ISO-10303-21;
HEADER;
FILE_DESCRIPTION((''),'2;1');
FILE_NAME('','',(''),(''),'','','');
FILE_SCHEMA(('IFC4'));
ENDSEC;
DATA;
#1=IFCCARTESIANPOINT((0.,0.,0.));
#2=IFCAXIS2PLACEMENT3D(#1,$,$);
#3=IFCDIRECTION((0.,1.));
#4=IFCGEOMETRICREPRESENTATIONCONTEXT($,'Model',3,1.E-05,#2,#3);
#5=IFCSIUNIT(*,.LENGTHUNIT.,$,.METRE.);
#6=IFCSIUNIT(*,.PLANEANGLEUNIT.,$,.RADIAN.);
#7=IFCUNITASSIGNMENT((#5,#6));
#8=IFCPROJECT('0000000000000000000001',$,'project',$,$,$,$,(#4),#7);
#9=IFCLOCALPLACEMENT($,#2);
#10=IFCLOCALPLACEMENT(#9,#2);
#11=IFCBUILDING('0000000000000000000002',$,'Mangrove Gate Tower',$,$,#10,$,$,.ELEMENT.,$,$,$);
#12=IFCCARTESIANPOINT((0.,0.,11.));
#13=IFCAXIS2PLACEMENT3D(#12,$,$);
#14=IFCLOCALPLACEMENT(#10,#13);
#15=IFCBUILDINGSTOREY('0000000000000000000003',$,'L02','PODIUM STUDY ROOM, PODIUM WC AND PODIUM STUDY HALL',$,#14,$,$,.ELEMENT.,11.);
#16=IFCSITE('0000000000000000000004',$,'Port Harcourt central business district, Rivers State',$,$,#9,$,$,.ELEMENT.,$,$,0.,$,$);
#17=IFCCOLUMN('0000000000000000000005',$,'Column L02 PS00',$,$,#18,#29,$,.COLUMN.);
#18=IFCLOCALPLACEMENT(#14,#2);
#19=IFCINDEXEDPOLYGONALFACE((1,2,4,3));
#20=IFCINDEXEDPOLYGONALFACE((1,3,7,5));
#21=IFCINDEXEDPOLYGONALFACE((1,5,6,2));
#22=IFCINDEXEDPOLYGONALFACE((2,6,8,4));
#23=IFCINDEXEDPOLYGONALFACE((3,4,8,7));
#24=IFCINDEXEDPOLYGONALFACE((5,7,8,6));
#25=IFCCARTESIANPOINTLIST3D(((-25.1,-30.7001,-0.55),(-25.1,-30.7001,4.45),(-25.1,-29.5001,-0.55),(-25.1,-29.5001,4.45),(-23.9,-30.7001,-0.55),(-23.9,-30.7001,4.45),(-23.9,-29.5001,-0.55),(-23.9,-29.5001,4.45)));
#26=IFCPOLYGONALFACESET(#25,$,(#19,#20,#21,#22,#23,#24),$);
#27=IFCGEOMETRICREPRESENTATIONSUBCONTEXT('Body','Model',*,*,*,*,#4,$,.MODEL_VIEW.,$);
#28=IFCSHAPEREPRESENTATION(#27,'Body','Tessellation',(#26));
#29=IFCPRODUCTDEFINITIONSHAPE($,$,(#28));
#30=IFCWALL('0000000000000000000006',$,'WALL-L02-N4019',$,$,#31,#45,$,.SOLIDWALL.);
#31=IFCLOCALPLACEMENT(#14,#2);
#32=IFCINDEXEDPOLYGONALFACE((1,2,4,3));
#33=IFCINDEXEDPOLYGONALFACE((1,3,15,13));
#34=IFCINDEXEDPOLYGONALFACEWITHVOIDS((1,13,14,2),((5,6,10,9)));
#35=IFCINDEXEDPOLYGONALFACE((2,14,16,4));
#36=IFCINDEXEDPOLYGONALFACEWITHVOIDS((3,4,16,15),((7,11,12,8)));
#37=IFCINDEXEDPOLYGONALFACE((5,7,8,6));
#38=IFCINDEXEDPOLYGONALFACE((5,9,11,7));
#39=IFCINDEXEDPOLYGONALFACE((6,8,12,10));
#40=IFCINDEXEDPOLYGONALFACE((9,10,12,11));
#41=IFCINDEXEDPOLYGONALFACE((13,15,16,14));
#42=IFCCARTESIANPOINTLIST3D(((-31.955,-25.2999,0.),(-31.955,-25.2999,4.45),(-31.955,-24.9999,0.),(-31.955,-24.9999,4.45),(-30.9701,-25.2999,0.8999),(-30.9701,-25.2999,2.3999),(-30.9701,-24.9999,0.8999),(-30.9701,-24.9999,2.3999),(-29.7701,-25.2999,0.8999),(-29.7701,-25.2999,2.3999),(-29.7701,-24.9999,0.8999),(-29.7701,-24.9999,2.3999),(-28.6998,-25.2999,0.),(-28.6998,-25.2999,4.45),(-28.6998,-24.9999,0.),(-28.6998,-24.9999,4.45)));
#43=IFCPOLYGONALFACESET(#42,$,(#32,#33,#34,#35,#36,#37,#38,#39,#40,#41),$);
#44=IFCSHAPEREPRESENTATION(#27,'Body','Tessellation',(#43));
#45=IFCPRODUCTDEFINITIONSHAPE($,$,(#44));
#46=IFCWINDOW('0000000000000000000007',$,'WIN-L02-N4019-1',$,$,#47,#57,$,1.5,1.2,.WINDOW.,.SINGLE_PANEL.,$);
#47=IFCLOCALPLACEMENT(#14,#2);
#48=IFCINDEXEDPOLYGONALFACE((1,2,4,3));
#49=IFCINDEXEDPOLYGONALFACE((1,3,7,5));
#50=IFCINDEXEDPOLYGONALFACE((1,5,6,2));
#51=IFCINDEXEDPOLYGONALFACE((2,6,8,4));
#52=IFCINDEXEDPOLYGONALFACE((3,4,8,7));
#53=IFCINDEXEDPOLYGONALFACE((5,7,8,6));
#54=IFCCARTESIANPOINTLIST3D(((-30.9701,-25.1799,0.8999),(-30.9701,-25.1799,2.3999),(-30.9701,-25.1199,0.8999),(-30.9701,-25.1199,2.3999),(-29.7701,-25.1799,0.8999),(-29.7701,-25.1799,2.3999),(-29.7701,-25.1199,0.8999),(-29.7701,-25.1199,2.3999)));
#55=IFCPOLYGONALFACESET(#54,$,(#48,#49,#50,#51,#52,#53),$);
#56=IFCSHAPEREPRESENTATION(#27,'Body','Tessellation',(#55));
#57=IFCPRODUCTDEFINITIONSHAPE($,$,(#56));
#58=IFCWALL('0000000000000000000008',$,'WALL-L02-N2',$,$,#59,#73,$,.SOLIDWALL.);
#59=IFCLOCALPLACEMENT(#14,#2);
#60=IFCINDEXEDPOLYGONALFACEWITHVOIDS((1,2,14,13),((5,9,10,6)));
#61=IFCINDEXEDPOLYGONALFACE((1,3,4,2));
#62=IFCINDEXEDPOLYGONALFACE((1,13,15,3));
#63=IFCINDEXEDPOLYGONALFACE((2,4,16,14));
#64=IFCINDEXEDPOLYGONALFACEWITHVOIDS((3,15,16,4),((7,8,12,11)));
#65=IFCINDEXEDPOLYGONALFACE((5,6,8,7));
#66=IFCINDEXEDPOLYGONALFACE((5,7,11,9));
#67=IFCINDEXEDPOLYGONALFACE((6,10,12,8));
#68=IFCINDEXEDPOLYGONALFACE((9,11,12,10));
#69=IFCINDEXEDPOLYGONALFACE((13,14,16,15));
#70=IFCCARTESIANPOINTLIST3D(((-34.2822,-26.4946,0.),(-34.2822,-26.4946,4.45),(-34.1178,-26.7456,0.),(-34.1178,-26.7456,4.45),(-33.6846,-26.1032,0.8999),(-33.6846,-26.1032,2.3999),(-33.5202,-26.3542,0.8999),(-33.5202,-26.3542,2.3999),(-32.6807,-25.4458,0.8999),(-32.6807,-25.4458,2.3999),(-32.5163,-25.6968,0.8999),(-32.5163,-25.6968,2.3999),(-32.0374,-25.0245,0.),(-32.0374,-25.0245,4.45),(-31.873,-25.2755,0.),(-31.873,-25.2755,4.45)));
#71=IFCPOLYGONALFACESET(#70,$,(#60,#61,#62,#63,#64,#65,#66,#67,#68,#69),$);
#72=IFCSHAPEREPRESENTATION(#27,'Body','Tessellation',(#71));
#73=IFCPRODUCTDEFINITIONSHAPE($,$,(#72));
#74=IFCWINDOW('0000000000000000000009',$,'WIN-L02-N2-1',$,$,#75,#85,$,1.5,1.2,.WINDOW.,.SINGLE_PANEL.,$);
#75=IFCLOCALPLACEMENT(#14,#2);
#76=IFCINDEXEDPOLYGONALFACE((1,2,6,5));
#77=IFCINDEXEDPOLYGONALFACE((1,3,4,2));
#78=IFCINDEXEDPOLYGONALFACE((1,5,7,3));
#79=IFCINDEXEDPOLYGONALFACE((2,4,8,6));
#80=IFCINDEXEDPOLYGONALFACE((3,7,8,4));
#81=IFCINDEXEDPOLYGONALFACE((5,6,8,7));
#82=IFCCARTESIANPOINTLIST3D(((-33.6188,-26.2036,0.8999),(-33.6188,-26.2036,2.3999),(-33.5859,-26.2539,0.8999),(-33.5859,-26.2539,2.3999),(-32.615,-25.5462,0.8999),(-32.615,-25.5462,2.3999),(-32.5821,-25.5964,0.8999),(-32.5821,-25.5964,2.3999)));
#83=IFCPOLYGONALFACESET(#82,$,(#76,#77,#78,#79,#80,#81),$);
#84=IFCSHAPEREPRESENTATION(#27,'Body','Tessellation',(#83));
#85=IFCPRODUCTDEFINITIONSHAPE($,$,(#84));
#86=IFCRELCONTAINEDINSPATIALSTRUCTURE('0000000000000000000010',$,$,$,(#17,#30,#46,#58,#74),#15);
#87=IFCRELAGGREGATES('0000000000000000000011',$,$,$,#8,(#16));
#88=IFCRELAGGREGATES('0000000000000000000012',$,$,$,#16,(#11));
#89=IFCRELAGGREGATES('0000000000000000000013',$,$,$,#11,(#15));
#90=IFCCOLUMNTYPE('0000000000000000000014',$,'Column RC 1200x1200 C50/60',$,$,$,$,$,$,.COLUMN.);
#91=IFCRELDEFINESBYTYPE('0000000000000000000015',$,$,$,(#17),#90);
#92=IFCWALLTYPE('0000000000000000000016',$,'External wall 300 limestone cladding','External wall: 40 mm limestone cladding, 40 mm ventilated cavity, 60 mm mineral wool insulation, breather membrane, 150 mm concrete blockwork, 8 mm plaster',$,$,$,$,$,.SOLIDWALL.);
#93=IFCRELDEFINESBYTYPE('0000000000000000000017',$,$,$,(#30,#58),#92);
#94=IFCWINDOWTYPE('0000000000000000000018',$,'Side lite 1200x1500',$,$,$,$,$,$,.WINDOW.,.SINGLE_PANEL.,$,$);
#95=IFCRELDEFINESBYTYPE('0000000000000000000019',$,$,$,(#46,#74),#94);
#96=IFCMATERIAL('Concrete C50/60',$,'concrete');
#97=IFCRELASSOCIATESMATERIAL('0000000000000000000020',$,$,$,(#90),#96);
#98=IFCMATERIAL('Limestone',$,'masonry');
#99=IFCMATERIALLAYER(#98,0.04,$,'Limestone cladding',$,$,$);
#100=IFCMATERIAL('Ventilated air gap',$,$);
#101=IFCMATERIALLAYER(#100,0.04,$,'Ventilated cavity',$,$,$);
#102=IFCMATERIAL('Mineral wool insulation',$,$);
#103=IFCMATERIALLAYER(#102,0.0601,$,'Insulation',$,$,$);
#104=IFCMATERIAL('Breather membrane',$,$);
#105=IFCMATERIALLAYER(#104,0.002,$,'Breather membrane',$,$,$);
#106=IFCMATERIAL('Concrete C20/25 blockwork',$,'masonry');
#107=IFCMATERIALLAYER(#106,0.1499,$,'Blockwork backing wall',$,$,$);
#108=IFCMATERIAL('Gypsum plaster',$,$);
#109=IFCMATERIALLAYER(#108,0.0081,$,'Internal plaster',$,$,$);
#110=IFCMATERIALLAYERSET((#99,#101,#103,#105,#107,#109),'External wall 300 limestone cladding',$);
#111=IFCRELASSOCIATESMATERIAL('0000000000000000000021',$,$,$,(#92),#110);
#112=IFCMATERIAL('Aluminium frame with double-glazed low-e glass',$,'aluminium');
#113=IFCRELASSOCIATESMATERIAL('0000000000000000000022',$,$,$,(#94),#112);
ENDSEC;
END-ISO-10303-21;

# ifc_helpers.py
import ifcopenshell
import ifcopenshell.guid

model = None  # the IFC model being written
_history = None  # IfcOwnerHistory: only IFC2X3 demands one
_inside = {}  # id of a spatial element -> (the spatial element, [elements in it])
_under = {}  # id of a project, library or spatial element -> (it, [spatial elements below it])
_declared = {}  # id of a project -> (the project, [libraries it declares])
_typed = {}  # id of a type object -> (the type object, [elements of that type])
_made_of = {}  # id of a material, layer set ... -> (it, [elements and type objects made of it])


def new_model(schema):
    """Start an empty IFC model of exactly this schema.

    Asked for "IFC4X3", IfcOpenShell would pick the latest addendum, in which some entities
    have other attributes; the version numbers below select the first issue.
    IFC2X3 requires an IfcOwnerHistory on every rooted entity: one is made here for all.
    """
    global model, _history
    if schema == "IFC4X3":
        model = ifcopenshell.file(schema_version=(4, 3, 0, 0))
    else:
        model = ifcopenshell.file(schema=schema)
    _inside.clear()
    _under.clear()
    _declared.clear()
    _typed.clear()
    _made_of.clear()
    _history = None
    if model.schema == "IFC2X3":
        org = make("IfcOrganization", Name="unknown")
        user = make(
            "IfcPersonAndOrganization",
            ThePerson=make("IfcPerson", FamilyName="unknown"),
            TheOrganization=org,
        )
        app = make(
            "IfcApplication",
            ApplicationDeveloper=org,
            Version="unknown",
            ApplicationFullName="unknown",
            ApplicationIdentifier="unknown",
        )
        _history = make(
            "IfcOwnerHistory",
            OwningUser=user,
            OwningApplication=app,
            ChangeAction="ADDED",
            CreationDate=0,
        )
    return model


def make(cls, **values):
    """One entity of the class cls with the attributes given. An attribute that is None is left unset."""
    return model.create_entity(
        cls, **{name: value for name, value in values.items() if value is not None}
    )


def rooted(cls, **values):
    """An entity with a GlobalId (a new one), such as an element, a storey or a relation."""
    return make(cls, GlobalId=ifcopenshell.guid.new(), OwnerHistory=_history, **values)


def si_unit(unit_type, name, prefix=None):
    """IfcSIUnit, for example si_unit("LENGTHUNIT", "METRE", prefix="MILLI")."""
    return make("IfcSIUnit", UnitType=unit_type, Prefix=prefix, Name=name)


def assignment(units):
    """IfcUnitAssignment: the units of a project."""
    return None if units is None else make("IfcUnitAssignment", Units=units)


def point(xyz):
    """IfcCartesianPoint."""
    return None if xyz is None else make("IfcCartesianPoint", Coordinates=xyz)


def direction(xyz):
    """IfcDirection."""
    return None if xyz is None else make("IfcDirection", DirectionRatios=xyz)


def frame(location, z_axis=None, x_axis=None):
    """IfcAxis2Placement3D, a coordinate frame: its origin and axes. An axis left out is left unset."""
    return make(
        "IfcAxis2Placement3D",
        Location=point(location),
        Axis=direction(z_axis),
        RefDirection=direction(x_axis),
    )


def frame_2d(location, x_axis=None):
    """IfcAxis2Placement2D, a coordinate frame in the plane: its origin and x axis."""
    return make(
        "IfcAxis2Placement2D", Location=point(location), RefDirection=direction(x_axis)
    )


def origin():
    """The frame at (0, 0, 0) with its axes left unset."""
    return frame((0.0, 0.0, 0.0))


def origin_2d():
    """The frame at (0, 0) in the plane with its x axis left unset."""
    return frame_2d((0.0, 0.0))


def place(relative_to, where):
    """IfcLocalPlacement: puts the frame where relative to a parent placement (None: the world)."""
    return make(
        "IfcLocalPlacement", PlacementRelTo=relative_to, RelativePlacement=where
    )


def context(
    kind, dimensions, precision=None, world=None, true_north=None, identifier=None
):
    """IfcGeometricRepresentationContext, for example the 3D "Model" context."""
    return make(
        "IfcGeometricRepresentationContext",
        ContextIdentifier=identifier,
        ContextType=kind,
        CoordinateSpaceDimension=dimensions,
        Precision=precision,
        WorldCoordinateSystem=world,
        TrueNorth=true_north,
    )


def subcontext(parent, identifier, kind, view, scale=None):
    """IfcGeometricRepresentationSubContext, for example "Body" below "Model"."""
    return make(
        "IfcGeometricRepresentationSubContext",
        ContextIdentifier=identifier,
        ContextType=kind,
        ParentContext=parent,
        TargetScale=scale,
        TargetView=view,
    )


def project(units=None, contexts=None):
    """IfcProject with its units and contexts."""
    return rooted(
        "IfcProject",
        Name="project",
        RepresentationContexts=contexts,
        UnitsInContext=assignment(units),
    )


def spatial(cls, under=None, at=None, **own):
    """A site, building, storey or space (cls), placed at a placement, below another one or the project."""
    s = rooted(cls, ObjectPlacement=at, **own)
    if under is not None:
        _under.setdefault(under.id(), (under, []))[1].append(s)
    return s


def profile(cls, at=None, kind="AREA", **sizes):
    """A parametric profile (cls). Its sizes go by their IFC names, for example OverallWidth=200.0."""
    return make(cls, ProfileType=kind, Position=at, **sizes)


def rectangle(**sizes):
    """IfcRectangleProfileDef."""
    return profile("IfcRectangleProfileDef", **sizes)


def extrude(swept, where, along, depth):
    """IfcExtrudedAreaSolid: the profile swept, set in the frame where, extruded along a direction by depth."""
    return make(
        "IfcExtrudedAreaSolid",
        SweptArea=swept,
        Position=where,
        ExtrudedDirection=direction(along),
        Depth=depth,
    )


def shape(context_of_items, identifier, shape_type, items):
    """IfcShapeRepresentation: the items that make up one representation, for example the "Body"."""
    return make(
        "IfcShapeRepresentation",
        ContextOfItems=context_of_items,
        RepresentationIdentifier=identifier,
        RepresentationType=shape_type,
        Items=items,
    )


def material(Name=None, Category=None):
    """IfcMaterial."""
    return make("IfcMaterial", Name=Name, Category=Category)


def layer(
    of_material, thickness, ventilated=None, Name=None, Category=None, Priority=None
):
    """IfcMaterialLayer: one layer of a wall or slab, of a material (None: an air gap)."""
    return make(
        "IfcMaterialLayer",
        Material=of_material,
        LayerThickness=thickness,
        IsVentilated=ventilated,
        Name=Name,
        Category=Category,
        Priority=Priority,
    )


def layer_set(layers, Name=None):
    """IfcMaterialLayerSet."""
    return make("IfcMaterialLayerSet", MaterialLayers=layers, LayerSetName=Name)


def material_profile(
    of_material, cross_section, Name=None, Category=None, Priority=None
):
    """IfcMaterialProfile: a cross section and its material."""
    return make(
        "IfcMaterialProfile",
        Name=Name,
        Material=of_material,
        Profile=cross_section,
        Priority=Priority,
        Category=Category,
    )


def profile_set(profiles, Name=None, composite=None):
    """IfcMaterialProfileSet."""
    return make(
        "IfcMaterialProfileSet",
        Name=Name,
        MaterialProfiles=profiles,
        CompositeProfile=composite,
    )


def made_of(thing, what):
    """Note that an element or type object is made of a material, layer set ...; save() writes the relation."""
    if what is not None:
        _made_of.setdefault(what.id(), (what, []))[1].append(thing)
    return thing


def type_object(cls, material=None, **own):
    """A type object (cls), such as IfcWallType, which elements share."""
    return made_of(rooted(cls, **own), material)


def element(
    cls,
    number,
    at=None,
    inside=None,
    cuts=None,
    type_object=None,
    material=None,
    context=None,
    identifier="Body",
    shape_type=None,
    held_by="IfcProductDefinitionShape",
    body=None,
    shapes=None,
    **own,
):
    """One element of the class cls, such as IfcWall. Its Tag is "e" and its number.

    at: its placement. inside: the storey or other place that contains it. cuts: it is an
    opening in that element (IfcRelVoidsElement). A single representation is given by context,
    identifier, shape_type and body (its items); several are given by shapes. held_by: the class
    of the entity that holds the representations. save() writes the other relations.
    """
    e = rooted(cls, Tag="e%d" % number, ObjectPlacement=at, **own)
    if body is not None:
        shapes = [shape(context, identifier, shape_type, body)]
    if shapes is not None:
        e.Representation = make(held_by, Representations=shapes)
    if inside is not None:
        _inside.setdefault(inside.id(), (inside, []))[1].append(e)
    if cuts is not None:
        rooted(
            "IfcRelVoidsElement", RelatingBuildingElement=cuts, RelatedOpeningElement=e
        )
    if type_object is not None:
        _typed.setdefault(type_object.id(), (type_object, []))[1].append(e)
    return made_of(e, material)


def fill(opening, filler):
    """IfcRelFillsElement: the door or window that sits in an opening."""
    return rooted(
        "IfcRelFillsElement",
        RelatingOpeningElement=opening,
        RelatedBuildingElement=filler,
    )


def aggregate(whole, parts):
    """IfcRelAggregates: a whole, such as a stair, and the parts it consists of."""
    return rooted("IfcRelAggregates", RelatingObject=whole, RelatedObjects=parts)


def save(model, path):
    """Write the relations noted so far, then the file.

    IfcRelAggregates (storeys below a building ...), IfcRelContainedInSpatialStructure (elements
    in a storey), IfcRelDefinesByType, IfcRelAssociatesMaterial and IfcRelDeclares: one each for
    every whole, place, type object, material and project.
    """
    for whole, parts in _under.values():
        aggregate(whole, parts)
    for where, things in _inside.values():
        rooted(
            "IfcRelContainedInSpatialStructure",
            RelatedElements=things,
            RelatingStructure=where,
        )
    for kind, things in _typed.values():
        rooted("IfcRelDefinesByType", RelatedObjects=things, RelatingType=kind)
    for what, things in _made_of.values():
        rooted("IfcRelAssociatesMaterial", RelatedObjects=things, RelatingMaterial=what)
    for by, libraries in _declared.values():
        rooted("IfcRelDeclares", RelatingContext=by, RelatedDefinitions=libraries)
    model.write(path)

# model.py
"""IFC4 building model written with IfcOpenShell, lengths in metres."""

from ifc_helpers import new_model, si_unit, direction, frame, frame_2d, origin, origin_2d, place, context, subcontext, project, spatial, rectangle, extrude, material, layer, layer_set, material_profile, profile_set, type_object, element, fill, save


model = new_model("IFC4")

# Units and contexts
model_context = context("Model", 3, precision=1e-05, world=origin(), true_north=direction((0.0, 1.0)))
body_context = subcontext(model_context, "Body", "Model", "MODEL_VIEW")
ifc_project = project(units=[si_unit("LENGTHUNIT", "METRE"), si_unit("PLANEANGLEUNIT", "RADIAN")], contexts=[model_context])

# Site, building, storey
site_placement = place(None, origin())
site = spatial("IfcSite", under=ifc_project, at=site_placement, Name="Port Harcourt central business district, Rivers State", CompositionType="ELEMENT", RefElevation=0.0)
building_placement = place(site_placement, origin())
building = spatial("IfcBuilding", under=site, at=building_placement, Name="Mangrove Gate Tower", CompositionType="ELEMENT")
storey_placement = place(building_placement, frame((0.0, 0.0, 11.0)))
storey = spatial("IfcBuildingStorey", under=building, at=storey_placement, Name="L02", Description="PODIUM STUDY ROOM, PODIUM WC AND PODIUM STUDY HALL", CompositionType="ELEMENT", Elevation=11.0)

# Column
ifc_material_1 = material(Name="Concrete C50/60", Category="concrete")
ifc_material_profile = material_profile(ifc_material_1, rectangle(XDim=1.2, YDim=1.2, at=origin_2d()))
ifc_profile_set = profile_set([ifc_material_profile], Name="Concrete C50/60")
column_type = type_object("IfcColumnType", Name="Column RC 1200x1200 C50/60", PredefinedType="COLUMN", material=ifc_profile_set)
column_placement = place(storey_placement, frame((-24.5, -30.1001, -0.55), z_axis=(0.0, 0.0, 1.0), x_axis=(1.0, 0.0, 0.0)))
element("IfcColumn", 1, at=column_placement, inside=storey, type_object=column_type, Name="Column L02 PS00", PredefinedType="COLUMN", context=body_context, shape_type="SweptSolid", body=[
    extrude(rectangle(XDim=1.2, YDim=1.2, at=origin_2d()), origin(), (0.0, 0.0, 1.0), 5.0),
])

# Walls, openings, windows
ifc_material_2 = material(Name="Limestone", Category="masonry")
ifc_layer_1 = layer(ifc_material_2, 0.04, Name="Limestone cladding")
ifc_material_3 = material(Name="Ventilated air gap")
ifc_layer_2 = layer(ifc_material_3, 0.04, Name="Ventilated cavity")
ifc_material_4 = material(Name="Mineral wool insulation")
ifc_layer_3 = layer(ifc_material_4, 0.0601, Name="Insulation")
ifc_material_5 = material(Name="Breather membrane")
ifc_layer_4 = layer(ifc_material_5, 0.002, Name="Breather membrane")
ifc_material_6 = material(Name="Concrete C20/25 blockwork", Category="masonry")
ifc_layer_5 = layer(ifc_material_6, 0.1499, Name="Blockwork backing wall")
ifc_material_7 = material(Name="Gypsum plaster")
ifc_layer_6 = layer(ifc_material_7, 0.0081, Name="Internal plaster")
ifc_layer_set = layer_set([ifc_layer_1, ifc_layer_2, ifc_layer_3, ifc_layer_4, ifc_layer_5, ifc_layer_6], Name="External wall 300 limestone cladding")
wall_type = type_object("IfcWallType", Name="External wall 300 limestone cladding", Description="External wall: 40 mm limestone cladding, 40 mm ventilated cavity, 60 mm mineral wool insulation, breather membrane, 150 mm concrete blockwork, 8 mm plaster", PredefinedType="SOLIDWALL", material=ifc_layer_set)
wall_1_placement = place(storey_placement, frame((-28.7, -25.1499, 0.0), z_axis=(0.0, 0.0, 1.0), x_axis=(-1.0, 0.0, 0.0)))
wall_1 = element("IfcWall", 2, at=wall_1_placement, inside=storey, type_object=wall_type, Name="WALL-L02-N4019", PredefinedType="SOLIDWALL", context=body_context, shape_type="SweptSolid", body=[
    extrude(rectangle(XDim=3.2551, YDim=0.3, at=frame_2d((1.6274, 0.0))), origin(), (0.0, 0.0, 1.0), 4.45),
])
opening_1_placement = place(wall_1_placement, frame((1.0701, 0.0, 0.8999)))
opening_1 = element("IfcOpeningElement", 3, at=opening_1_placement, cuts=wall_1, PredefinedType="OPENING", context=body_context, shape_type="SweptSolid", body=[
    extrude(rectangle(XDim=1.2, YDim=1.5, at=frame_2d((0.6001, 0.75))), frame((0.0, 0.1599, 0.0), z_axis=(0.0, -1.0, 0.0), x_axis=(1.0, 0.0, 0.0)), (0.0, 0.0, 1.0), 0.3201),
])
ifc_material_8 = material(Name="Aluminium frame with double-glazed low-e glass", Category="aluminium")
window_type = type_object("IfcWindowType", Name="Side lite 1200x1500", PartitioningType="SINGLE_PANEL", PredefinedType="WINDOW", material=ifc_material_8)
window_1_placement = place(opening_1_placement, origin())
window_1 = element("IfcWindow", 4, at=window_1_placement, inside=storey, type_object=window_type, Name="WIN-L02-N4019-1", OverallHeight=1.5, OverallWidth=1.2, PartitioningType="SINGLE_PANEL", PredefinedType="WINDOW", context=body_context, shape_type="SweptSolid", body=[
    extrude(rectangle(XDim=1.2, YDim=1.5, at=frame_2d((0.6001, 0.75))), frame((0.0, 0.03, 0.0), z_axis=(0.0, -1.0, 0.0), x_axis=(1.0, 0.0, 0.0)), (0.0, 0.0, 1.0), 0.0601),
])
fill(opening_1, window_1)
wall_2_placement = place(storey_placement, frame((-31.9551, -25.1499, 0.0), z_axis=(0.0, 0.0, 1.0), x_axis=(-0.836557, -0.547879, 0.0)))
wall_2 = element("IfcWall", 5, at=wall_2_placement, inside=storey, type_object=wall_type, Name="WALL-L02-N2", PredefinedType="SOLIDWALL", context=body_context, shape_type="SweptSolid", body=[
    extrude(rectangle(XDim=2.6833, YDim=0.3, at=frame_2d((1.3418, 0.0))), origin(), (0.0, 0.0, 1.0), 4.45),
])
opening_2_placement = place(wall_2_placement, frame((0.769, 0.0, 0.8999)))
opening_2 = element("IfcOpeningElement", 6, at=opening_2_placement, cuts=wall_2, PredefinedType="OPENING", context=body_context, shape_type="SweptSolid", body=[
    extrude(rectangle(XDim=1.2, YDim=1.5, at=frame_2d((0.6001, 0.75))), frame((0.0, 0.1599, 0.0), z_axis=(0.0, -1.0, 0.0), x_axis=(1.0, 0.0, 0.0)), (0.0, 0.0, 1.0), 0.3201),
])
window_2_placement = place(opening_2_placement, origin())
window_2 = element("IfcWindow", 7, at=window_2_placement, inside=storey, type_object=window_type, Name="WIN-L02-N2-1", OverallHeight=1.5, OverallWidth=1.2, PartitioningType="SINGLE_PANEL", PredefinedType="WINDOW", context=body_context, shape_type="SweptSolid", body=[
    extrude(rectangle(XDim=1.2, YDim=1.5, at=frame_2d((0.6001, 0.75))), frame((0.0, 0.03, 0.0), z_axis=(0.0, -1.0, 0.0), x_axis=(1.0, 0.0, 0.0)), (0.0, 0.0, 1.0), 0.0601),
])
fill(opening_2, window_2)

save(model, "model.ifc")
